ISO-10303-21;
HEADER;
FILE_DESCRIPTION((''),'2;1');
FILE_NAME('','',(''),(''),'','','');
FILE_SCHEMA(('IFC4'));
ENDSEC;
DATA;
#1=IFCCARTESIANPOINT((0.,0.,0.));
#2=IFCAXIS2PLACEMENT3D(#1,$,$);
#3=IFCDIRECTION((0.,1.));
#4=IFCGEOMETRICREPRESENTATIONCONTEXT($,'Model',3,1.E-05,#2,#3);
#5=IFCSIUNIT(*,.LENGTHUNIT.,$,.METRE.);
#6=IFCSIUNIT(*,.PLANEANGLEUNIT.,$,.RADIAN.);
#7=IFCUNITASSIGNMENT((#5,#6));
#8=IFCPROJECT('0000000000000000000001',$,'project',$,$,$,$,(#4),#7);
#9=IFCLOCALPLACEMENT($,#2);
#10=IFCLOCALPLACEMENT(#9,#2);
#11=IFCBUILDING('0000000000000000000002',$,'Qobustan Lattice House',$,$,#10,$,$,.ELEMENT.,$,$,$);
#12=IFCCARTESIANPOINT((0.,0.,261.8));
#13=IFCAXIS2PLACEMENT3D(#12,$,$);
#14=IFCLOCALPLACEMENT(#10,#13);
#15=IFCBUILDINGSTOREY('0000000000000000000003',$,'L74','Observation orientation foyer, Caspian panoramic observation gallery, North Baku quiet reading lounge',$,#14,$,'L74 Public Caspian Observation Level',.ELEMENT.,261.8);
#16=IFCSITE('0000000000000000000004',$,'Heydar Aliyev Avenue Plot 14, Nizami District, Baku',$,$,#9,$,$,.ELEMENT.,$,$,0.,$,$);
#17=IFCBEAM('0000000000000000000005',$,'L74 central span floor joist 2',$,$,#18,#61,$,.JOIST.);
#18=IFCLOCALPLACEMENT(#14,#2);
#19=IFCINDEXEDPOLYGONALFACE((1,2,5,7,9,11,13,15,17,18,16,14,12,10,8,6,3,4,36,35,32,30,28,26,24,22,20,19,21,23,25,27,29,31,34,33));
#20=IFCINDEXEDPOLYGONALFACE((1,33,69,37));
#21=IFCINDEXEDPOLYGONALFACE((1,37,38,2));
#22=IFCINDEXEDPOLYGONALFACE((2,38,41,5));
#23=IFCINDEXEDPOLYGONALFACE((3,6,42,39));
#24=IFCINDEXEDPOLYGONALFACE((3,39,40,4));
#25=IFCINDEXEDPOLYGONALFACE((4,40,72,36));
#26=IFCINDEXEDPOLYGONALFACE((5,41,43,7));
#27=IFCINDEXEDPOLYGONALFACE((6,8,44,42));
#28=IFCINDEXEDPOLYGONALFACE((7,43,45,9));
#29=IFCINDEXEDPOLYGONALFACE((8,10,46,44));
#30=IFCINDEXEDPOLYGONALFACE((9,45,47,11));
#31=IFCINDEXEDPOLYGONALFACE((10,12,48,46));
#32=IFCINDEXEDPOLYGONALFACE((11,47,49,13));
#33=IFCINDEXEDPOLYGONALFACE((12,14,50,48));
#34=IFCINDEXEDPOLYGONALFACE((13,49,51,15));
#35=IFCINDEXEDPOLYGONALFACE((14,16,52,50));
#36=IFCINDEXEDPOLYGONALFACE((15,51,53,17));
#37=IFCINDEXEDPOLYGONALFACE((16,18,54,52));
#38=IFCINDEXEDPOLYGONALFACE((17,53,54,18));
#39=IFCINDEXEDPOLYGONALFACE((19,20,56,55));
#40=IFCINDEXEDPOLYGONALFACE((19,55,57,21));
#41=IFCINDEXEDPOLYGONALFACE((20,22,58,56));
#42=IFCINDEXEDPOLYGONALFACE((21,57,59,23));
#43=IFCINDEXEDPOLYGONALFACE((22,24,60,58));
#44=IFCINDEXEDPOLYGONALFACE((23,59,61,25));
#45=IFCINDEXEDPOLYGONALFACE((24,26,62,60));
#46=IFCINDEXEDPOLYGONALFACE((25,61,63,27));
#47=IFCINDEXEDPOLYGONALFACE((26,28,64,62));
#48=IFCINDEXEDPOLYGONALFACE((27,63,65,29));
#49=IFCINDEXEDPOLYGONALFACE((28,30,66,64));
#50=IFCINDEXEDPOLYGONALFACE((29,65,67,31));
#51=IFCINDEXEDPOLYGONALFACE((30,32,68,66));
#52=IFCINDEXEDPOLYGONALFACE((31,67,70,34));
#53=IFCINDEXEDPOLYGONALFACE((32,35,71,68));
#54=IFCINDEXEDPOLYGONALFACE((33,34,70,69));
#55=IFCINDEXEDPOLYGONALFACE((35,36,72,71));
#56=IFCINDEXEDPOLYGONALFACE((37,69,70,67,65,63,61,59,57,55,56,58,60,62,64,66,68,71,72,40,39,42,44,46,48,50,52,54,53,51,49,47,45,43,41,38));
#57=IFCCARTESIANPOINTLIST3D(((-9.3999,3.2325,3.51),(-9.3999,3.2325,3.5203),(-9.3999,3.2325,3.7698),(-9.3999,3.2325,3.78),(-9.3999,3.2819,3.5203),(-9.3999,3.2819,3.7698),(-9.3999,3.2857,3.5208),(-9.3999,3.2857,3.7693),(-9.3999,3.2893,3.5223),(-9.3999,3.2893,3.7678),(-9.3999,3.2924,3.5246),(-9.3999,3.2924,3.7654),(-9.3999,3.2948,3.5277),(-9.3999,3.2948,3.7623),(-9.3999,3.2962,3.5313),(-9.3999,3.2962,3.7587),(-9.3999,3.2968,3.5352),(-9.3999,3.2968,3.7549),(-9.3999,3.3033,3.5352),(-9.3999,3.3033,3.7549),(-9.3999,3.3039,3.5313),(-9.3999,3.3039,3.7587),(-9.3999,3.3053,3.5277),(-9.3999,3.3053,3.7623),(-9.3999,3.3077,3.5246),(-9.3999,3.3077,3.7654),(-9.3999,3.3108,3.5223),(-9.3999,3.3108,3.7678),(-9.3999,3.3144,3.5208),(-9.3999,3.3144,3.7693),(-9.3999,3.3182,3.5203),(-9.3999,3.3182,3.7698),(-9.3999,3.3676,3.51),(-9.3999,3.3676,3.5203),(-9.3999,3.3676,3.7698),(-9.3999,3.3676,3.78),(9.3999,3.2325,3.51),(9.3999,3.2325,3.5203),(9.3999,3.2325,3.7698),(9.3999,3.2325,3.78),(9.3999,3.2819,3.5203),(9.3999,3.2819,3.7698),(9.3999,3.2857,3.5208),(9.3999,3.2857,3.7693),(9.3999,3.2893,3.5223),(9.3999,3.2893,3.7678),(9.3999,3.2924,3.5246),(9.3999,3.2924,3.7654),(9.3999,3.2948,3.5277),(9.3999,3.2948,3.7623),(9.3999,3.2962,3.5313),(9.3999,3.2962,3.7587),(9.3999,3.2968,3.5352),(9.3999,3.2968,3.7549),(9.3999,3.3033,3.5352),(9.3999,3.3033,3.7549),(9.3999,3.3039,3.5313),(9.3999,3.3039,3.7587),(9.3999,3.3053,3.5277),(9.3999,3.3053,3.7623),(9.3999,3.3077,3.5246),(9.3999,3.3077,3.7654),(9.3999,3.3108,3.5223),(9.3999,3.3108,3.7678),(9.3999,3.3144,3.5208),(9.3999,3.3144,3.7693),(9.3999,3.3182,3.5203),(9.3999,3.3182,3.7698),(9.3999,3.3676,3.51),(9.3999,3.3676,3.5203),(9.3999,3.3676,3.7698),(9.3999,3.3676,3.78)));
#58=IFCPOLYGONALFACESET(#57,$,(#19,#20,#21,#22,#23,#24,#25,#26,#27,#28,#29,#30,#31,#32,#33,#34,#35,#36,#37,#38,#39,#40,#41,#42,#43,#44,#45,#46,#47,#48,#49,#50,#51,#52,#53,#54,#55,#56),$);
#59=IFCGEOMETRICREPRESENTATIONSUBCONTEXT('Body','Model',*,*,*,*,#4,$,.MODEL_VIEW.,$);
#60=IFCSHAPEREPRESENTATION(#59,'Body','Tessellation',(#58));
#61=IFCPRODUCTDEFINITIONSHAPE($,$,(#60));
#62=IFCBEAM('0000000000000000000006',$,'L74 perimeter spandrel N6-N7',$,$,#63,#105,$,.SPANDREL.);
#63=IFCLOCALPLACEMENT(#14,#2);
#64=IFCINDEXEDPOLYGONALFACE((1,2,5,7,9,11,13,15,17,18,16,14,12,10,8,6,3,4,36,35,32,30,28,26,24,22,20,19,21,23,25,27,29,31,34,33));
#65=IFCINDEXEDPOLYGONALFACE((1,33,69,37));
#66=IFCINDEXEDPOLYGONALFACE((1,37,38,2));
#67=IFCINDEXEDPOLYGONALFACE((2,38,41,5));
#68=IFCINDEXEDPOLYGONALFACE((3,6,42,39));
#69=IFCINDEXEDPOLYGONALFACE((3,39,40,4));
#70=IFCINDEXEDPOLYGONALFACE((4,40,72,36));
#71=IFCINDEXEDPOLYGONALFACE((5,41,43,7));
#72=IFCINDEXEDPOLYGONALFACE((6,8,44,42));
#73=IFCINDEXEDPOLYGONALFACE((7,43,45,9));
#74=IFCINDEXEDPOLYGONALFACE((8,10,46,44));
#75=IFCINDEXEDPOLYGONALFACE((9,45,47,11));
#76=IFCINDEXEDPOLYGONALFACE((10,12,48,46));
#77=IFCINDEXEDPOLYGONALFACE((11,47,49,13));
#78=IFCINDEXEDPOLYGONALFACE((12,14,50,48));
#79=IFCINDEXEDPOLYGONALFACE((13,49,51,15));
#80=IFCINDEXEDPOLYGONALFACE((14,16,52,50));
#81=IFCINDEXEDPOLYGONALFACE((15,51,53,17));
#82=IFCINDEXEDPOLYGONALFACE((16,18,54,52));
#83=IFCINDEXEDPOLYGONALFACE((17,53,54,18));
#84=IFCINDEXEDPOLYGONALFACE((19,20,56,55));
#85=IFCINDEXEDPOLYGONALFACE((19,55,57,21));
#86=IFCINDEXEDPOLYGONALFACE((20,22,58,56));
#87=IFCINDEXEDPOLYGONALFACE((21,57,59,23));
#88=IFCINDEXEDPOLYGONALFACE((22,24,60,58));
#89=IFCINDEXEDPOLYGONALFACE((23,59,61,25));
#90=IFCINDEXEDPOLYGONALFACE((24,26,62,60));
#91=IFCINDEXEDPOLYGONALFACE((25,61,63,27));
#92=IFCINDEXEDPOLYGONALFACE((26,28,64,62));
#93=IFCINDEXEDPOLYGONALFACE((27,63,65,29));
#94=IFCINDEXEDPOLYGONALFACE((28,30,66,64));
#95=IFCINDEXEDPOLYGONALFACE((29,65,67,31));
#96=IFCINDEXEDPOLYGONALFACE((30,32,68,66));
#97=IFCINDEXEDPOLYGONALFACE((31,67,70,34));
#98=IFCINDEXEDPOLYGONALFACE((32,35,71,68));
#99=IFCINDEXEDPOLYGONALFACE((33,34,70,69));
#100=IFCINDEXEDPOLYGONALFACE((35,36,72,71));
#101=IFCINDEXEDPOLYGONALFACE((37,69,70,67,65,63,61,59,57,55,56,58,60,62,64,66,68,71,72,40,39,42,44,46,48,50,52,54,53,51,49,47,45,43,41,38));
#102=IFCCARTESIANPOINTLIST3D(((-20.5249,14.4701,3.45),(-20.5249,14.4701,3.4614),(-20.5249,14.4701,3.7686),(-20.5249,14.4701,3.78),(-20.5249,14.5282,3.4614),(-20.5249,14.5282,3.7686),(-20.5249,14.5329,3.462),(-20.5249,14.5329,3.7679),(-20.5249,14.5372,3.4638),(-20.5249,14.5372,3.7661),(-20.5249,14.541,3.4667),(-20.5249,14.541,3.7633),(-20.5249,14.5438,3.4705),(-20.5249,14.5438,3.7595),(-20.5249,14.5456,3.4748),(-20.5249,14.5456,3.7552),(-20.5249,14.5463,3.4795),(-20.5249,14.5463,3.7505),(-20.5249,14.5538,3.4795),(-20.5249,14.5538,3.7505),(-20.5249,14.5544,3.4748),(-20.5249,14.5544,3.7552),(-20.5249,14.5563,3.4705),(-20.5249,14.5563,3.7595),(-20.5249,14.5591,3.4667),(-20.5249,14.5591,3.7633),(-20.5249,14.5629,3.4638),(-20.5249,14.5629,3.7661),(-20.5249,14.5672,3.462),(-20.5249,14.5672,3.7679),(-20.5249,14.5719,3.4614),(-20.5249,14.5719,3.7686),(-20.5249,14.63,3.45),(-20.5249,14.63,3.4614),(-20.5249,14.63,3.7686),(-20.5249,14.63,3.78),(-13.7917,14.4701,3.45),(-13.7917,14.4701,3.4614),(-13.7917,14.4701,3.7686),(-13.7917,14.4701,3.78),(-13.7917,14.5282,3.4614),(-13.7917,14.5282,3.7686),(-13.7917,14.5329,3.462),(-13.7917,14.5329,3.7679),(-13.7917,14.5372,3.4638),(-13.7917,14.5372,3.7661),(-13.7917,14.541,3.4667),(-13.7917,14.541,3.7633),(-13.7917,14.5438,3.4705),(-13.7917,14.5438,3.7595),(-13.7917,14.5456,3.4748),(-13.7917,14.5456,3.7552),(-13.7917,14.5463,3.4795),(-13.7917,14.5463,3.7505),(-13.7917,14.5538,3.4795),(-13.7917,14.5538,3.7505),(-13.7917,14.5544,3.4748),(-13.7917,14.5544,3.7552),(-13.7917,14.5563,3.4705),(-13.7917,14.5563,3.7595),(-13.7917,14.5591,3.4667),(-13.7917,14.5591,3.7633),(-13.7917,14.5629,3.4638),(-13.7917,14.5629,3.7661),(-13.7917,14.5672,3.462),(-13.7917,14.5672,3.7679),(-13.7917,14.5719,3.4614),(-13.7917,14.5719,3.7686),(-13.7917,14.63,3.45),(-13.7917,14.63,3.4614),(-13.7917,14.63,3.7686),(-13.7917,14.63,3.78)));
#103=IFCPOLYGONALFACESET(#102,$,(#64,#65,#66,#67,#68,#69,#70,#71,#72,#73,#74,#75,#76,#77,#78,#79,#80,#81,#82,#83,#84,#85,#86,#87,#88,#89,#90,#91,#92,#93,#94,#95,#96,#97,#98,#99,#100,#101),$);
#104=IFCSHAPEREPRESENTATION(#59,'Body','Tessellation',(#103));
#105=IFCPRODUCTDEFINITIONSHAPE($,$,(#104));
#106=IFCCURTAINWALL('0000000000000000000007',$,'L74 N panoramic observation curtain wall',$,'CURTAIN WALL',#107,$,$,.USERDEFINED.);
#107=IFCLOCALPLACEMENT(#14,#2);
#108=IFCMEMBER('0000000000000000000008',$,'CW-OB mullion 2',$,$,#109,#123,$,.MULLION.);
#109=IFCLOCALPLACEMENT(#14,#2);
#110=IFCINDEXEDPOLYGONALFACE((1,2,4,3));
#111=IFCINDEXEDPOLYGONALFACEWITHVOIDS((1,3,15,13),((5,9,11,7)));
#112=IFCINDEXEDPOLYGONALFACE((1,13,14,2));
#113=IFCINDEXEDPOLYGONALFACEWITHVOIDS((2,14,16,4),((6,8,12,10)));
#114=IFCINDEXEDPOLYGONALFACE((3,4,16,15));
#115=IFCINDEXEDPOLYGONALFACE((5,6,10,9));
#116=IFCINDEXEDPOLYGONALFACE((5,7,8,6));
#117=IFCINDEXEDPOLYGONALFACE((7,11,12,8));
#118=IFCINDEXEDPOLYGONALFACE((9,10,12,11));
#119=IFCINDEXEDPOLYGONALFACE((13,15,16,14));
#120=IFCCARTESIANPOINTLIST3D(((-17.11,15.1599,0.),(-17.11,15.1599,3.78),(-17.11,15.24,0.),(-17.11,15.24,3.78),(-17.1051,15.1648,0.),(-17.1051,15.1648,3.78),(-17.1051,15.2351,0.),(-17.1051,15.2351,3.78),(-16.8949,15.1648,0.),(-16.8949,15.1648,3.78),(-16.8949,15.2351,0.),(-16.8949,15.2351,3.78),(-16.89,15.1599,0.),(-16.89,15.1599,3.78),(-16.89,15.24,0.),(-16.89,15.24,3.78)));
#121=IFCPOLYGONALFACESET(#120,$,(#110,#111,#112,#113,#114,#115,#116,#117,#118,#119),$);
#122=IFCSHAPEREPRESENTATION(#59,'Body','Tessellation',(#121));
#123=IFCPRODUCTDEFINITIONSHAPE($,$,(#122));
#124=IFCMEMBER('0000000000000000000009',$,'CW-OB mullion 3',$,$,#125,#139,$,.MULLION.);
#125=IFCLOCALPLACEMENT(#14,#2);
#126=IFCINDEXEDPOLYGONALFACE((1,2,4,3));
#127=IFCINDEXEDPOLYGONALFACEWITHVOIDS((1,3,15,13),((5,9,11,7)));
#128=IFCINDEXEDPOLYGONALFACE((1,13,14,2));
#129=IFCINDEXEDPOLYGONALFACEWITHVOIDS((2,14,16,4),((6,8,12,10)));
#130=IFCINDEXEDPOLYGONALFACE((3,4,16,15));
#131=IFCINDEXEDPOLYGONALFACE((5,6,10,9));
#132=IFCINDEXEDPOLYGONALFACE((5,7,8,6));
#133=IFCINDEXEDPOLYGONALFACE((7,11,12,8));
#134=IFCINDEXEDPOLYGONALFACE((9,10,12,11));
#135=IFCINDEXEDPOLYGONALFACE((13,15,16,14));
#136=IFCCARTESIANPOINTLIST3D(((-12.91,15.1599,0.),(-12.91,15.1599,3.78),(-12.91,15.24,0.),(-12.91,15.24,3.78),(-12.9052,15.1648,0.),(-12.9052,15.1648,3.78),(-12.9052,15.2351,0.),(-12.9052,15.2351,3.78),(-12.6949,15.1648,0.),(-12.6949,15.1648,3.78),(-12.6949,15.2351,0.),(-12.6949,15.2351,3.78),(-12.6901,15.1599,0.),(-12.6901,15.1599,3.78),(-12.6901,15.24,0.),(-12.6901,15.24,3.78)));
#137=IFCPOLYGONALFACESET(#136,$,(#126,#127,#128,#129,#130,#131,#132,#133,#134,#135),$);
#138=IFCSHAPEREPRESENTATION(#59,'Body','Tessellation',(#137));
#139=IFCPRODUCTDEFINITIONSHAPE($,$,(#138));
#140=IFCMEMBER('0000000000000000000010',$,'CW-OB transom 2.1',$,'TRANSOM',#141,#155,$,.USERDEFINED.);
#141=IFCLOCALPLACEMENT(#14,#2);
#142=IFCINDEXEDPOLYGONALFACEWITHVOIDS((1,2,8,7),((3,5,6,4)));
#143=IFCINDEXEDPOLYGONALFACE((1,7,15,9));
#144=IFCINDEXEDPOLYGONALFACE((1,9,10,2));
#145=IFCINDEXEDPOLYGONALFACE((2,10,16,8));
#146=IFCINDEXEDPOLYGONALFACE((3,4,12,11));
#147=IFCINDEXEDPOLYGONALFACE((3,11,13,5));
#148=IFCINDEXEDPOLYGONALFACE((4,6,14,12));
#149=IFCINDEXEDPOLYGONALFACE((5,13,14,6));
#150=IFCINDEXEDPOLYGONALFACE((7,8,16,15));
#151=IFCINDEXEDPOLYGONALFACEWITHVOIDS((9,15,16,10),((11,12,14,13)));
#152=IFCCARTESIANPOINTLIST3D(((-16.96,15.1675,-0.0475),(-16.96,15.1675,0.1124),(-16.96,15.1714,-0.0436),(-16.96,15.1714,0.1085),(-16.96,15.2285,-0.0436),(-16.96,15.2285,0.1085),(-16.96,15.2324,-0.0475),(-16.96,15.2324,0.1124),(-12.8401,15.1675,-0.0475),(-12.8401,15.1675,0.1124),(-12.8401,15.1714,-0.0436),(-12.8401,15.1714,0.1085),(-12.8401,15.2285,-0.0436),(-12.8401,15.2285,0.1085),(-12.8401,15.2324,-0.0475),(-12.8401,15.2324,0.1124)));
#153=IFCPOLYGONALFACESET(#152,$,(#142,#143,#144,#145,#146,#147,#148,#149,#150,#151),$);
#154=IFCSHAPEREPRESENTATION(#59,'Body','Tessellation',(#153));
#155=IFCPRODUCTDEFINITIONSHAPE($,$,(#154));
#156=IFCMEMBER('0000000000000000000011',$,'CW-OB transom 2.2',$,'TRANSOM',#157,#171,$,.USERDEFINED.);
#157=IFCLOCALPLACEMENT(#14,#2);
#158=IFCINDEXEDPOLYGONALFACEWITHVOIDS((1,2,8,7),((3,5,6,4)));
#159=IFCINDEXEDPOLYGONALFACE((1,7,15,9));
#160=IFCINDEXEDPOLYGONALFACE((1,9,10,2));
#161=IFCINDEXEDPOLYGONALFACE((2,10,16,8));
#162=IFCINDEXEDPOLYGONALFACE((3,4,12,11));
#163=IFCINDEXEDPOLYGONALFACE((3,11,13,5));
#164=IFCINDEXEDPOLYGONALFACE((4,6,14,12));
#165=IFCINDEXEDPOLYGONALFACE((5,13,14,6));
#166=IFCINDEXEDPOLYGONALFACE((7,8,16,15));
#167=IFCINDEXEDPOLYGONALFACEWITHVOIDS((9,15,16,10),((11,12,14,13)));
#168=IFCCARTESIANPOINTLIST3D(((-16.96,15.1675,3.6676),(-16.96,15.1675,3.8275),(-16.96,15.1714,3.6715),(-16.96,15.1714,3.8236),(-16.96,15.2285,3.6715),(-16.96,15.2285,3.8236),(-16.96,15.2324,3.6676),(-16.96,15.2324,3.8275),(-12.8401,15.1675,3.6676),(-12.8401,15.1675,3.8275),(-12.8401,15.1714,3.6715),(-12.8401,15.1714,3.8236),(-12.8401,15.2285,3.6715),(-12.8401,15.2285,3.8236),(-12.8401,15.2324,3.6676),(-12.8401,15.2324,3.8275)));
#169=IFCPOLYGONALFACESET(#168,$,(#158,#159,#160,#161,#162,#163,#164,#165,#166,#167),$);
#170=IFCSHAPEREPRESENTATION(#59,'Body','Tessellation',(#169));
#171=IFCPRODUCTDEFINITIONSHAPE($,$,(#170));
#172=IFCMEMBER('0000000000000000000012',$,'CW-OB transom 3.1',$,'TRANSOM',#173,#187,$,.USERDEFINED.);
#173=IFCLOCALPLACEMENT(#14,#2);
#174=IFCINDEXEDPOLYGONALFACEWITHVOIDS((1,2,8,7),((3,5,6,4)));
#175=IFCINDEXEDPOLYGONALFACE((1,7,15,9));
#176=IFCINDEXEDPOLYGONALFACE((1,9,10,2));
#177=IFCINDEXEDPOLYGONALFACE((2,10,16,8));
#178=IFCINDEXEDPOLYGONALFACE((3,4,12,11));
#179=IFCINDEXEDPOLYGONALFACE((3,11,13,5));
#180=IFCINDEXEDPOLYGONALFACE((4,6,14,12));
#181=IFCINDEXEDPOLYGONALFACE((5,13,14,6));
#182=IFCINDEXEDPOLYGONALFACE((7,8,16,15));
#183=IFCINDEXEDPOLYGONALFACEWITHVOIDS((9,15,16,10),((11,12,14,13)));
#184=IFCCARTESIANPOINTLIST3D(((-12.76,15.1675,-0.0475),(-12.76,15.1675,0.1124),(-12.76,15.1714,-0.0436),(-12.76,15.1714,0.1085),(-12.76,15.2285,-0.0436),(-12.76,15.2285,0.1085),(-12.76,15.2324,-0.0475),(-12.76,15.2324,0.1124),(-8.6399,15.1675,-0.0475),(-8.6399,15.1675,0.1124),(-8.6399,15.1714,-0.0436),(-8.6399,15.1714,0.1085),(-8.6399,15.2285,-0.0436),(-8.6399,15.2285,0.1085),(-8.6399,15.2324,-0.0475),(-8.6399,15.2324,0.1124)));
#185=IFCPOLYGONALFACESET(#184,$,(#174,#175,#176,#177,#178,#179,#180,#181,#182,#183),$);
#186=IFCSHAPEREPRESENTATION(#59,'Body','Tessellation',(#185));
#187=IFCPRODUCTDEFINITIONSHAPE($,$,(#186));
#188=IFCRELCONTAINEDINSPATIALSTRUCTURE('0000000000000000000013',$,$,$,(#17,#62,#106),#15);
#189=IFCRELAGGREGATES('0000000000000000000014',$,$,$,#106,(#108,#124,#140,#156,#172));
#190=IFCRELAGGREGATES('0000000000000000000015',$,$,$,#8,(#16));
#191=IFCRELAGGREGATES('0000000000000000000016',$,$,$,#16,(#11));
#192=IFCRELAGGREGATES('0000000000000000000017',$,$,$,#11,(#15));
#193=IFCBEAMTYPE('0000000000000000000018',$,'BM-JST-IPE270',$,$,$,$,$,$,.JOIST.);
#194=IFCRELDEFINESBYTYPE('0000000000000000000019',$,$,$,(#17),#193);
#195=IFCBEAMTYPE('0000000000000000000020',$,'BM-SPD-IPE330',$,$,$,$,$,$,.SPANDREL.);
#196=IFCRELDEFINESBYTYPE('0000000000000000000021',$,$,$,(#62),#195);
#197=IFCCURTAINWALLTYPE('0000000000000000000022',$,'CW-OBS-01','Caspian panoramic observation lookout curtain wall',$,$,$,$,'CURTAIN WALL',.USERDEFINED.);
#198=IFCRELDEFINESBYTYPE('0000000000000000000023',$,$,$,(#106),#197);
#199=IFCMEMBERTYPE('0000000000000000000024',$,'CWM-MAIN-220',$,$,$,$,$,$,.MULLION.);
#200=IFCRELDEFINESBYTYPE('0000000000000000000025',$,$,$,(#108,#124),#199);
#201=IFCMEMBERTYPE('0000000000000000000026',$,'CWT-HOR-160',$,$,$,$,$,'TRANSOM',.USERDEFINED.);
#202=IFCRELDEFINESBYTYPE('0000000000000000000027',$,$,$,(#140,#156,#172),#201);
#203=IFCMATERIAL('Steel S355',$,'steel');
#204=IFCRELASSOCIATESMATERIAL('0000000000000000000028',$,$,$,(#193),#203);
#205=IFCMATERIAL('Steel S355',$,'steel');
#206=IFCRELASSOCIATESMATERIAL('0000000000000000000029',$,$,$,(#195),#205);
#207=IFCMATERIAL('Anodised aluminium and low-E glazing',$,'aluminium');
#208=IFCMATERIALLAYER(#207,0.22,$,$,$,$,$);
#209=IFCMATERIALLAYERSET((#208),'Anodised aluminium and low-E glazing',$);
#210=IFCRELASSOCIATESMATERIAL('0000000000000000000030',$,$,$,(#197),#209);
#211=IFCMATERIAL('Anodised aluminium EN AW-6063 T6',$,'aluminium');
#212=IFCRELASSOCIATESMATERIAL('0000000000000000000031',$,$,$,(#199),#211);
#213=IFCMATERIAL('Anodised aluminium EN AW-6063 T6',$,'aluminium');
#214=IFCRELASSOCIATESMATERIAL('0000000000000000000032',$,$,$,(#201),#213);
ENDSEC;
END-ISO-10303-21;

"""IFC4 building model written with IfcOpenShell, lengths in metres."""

from ifc_helpers import new_model, si_unit, direction, frame, origin, origin_2d, place, context, subcontext, project, spatial, hollow_rectangle, i_section, extrude, material, layer, layer_set, material_profile, profile_set, type_object, element, aggregate, save


model = new_model("IFC4")

# Units and contexts
model_context = context("Model", 3, precision=1e-05, world=origin(), true_north=direction((0.0, 1.0)))
body_context = subcontext(model_context, "Body", "Model", "MODEL_VIEW")
ifc_project = project(units=[si_unit("LENGTHUNIT", "METRE"), si_unit("PLANEANGLEUNIT", "RADIAN")], contexts=[model_context])

# Site, building, storey
site_placement = place(None, origin())
site = spatial("IfcSite", under=ifc_project, at=site_placement, Name="Heydar Aliyev Avenue Plot 14, Nizami District, Baku", CompositionType="ELEMENT", RefElevation=0.0)
building_placement = place(site_placement, origin())
building = spatial("IfcBuilding", under=site, at=building_placement, Name="Qobustan Lattice House", CompositionType="ELEMENT")
storey_placement = place(building_placement, frame((0.0, 0.0, 261.8)))
storey = spatial("IfcBuildingStorey", under=building, at=storey_placement, Name="L74", Description="Observation orientation foyer, Caspian panoramic observation gallery, North Baku quiet reading lounge", LongName="L74 Public Caspian Observation Level", CompositionType="ELEMENT", Elevation=261.8)

# Beams
ifc_material_1 = material(Name="Steel S355", Category="steel")
ifc_material_profile_1 = material_profile(ifc_material_1, i_section(OverallWidth=0.135, OverallDepth=0.27, WebThickness=0.0066, FlangeThickness=0.0103, FilletRadius=0.0149, at=origin_2d()), Name="IPE270")
ifc_profile_set_1 = profile_set([ifc_material_profile_1], Name="Steel S355")
beam_type_1 = type_object("IfcBeamType", Name="BM-JST-IPE270", PredefinedType="JOIST", material=ifc_profile_set_1)
beam_1_placement = place(storey_placement, frame((-9.3999, 3.3, 3.645), z_axis=(1.0, 0.0, 0.0), x_axis=(0.0, 1.0, 0.0)))
element("IfcBeam", 1, at=beam_1_placement, inside=storey, type_object=beam_type_1, Name="L74 central span floor joist 2", PredefinedType="JOIST", context=body_context, shape_type="SweptSolid", body=[
    extrude(i_section(OverallWidth=0.135, OverallDepth=0.27, WebThickness=0.0066, FlangeThickness=0.0103, FilletRadius=0.0149, at=origin_2d()), origin(), (0.0, 0.0, 1.0), 18.7998),
])
ifc_material_2 = material(Name="Steel S355", Category="steel")
ifc_material_profile_2 = material_profile(ifc_material_2, i_section(OverallWidth=0.1599, OverallDepth=0.3301, WebThickness=0.0076, FlangeThickness=0.0115, FilletRadius=0.0181, at=origin_2d()), Name="IPE330")
ifc_profile_set_2 = profile_set([ifc_material_profile_2], Name="Steel S355")
beam_type_2 = type_object("IfcBeamType", Name="BM-SPD-IPE330", PredefinedType="SPANDREL", material=ifc_profile_set_2)
beam_2_placement = place(storey_placement, frame((-13.7917, 14.55, 3.615), z_axis=(-1.0, 0.0, 0.0), x_axis=(0.0, -1.0, 0.0)))
element("IfcBeam", 2, at=beam_2_placement, inside=storey, type_object=beam_type_2, Name="L74 perimeter spandrel N6-N7", PredefinedType="SPANDREL", context=body_context, shape_type="SweptSolid", body=[
    extrude(i_section(OverallWidth=0.1599, OverallDepth=0.3301, WebThickness=0.0076, FlangeThickness=0.0115, FilletRadius=0.0181, at=origin_2d()), origin(), (0.0, 0.0, 1.0), 6.7332),
])

# Curtain wall, members
ifc_material_3 = material(Name="Anodised aluminium and low-E glazing", Category="aluminium")
ifc_layer_1 = layer(ifc_material_3, 0.22)
ifc_layer_set_1 = layer_set([ifc_layer_1], Name="Anodised aluminium and low-E glazing")
curtain_wall_type = type_object("IfcCurtainWallType", Name="CW-OBS-01", Description="Caspian panoramic observation lookout curtain wall", ElementType="CURTAIN WALL", PredefinedType="USERDEFINED", material=ifc_layer_set_1)
curtain_wall_placement = place(storey_placement, origin())
curtain_wall = element("IfcCurtainWall", 3, at=curtain_wall_placement, inside=storey, type_object=curtain_wall_type, Name="L74 N panoramic observation curtain wall", ObjectType="CURTAIN WALL", PredefinedType="USERDEFINED")
ifc_material_4 = material(Name="Anodised aluminium EN AW-6063 T6", Category="aluminium")
ifc_material_profile_3 = material_profile(ifc_material_4, hollow_rectangle(XDim=0.0801, YDim=0.22, WallThickness=0.0049, at=origin_2d()), Name="CWM-220x80")
ifc_profile_set_3 = profile_set([ifc_material_profile_3], Name="Anodised aluminium EN AW-6063 T6")
member_type_1 = type_object("IfcMemberType", Name="CWM-MAIN-220", PredefinedType="MULLION", material=ifc_profile_set_3)
member_1_placement = place(storey_placement, frame((-17.0, 15.2, 0.0), z_axis=(0.0, 0.0, 1.0), x_axis=(0.0, 1.0, 0.0)))
member_1 = element("IfcMember", 4, at=member_1_placement, type_object=member_type_1, Name="CW-OB mullion 2", PredefinedType="MULLION", context=body_context, shape_type="SweptSolid", body=[
    extrude(hollow_rectangle(XDim=0.0801, YDim=0.22, WallThickness=0.0049, at=origin_2d()), origin(), (0.0, 0.0, 1.0), 3.78),
])
member_2_placement = place(storey_placement, frame((-12.8, 15.2, 0.0), z_axis=(0.0, 0.0, 1.0), x_axis=(0.0, 1.0, 0.0)))
member_2 = element("IfcMember", 5, at=member_2_placement, type_object=member_type_1, Name="CW-OB mullion 3", PredefinedType="MULLION", context=body_context, shape_type="SweptSolid", body=[
    extrude(hollow_rectangle(XDim=0.0801, YDim=0.22, WallThickness=0.0049, at=origin_2d()), origin(), (0.0, 0.0, 1.0), 3.78),
])
ifc_material_5 = material(Name="Anodised aluminium EN AW-6063 T6", Category="aluminium")
ifc_material_profile_4 = material_profile(ifc_material_5, hollow_rectangle(XDim=0.0649, YDim=0.1599, WallThickness=0.0039, at=origin_2d()), Name="CWT-160x65")
ifc_profile_set_4 = profile_set([ifc_material_profile_4], Name="Anodised aluminium EN AW-6063 T6")
member_type_2 = type_object("IfcMemberType", Name="CWT-HOR-160", ElementType="TRANSOM", PredefinedType="USERDEFINED", material=ifc_profile_set_4)
member_3_placement = place(storey_placement, frame((-16.96, 15.2, 0.0325), z_axis=(1.0, 0.0, 0.0), x_axis=(0.0, 1.0, 0.0)))
member_3 = element("IfcMember", 6, at=member_3_placement, type_object=member_type_2, Name="CW-OB transom 2.1", ObjectType="TRANSOM", PredefinedType="USERDEFINED", context=body_context, shape_type="SweptSolid", body=[
    extrude(hollow_rectangle(XDim=0.0649, YDim=0.1599, WallThickness=0.0039, at=origin_2d()), origin(), (0.0, 0.0, 1.0), 4.1199),
])
member_4_placement = place(storey_placement, frame((-16.96, 15.2, 3.7476), z_axis=(1.0, 0.0, 0.0), x_axis=(0.0, 1.0, 0.0)))
member_4 = element("IfcMember", 7, at=member_4_placement, type_object=member_type_2, Name="CW-OB transom 2.2", ObjectType="TRANSOM", PredefinedType="USERDEFINED", context=body_context, shape_type="SweptSolid", body=[
    extrude(hollow_rectangle(XDim=0.0649, YDim=0.1599, WallThickness=0.0039, at=origin_2d()), origin(), (0.0, 0.0, 1.0), 4.1199),
])
member_5_placement = place(storey_placement, frame((-12.76, 15.2, 0.0325), z_axis=(1.0, 0.0, 0.0), x_axis=(0.0, 1.0, 0.0)))
member_5 = element("IfcMember", 8, at=member_5_placement, type_object=member_type_2, Name="CW-OB transom 3.1", ObjectType="TRANSOM", PredefinedType="USERDEFINED", context=body_context, shape_type="SweptSolid", body=[
    extrude(hollow_rectangle(XDim=0.0649, YDim=0.1599, WallThickness=0.0039, at=origin_2d()), origin(), (0.0, 0.0, 1.0), 4.1201),
])
aggregate(curtain_wall, [member_1, member_2, member_3, member_4, member_5])

save(model, "model.ifc")
